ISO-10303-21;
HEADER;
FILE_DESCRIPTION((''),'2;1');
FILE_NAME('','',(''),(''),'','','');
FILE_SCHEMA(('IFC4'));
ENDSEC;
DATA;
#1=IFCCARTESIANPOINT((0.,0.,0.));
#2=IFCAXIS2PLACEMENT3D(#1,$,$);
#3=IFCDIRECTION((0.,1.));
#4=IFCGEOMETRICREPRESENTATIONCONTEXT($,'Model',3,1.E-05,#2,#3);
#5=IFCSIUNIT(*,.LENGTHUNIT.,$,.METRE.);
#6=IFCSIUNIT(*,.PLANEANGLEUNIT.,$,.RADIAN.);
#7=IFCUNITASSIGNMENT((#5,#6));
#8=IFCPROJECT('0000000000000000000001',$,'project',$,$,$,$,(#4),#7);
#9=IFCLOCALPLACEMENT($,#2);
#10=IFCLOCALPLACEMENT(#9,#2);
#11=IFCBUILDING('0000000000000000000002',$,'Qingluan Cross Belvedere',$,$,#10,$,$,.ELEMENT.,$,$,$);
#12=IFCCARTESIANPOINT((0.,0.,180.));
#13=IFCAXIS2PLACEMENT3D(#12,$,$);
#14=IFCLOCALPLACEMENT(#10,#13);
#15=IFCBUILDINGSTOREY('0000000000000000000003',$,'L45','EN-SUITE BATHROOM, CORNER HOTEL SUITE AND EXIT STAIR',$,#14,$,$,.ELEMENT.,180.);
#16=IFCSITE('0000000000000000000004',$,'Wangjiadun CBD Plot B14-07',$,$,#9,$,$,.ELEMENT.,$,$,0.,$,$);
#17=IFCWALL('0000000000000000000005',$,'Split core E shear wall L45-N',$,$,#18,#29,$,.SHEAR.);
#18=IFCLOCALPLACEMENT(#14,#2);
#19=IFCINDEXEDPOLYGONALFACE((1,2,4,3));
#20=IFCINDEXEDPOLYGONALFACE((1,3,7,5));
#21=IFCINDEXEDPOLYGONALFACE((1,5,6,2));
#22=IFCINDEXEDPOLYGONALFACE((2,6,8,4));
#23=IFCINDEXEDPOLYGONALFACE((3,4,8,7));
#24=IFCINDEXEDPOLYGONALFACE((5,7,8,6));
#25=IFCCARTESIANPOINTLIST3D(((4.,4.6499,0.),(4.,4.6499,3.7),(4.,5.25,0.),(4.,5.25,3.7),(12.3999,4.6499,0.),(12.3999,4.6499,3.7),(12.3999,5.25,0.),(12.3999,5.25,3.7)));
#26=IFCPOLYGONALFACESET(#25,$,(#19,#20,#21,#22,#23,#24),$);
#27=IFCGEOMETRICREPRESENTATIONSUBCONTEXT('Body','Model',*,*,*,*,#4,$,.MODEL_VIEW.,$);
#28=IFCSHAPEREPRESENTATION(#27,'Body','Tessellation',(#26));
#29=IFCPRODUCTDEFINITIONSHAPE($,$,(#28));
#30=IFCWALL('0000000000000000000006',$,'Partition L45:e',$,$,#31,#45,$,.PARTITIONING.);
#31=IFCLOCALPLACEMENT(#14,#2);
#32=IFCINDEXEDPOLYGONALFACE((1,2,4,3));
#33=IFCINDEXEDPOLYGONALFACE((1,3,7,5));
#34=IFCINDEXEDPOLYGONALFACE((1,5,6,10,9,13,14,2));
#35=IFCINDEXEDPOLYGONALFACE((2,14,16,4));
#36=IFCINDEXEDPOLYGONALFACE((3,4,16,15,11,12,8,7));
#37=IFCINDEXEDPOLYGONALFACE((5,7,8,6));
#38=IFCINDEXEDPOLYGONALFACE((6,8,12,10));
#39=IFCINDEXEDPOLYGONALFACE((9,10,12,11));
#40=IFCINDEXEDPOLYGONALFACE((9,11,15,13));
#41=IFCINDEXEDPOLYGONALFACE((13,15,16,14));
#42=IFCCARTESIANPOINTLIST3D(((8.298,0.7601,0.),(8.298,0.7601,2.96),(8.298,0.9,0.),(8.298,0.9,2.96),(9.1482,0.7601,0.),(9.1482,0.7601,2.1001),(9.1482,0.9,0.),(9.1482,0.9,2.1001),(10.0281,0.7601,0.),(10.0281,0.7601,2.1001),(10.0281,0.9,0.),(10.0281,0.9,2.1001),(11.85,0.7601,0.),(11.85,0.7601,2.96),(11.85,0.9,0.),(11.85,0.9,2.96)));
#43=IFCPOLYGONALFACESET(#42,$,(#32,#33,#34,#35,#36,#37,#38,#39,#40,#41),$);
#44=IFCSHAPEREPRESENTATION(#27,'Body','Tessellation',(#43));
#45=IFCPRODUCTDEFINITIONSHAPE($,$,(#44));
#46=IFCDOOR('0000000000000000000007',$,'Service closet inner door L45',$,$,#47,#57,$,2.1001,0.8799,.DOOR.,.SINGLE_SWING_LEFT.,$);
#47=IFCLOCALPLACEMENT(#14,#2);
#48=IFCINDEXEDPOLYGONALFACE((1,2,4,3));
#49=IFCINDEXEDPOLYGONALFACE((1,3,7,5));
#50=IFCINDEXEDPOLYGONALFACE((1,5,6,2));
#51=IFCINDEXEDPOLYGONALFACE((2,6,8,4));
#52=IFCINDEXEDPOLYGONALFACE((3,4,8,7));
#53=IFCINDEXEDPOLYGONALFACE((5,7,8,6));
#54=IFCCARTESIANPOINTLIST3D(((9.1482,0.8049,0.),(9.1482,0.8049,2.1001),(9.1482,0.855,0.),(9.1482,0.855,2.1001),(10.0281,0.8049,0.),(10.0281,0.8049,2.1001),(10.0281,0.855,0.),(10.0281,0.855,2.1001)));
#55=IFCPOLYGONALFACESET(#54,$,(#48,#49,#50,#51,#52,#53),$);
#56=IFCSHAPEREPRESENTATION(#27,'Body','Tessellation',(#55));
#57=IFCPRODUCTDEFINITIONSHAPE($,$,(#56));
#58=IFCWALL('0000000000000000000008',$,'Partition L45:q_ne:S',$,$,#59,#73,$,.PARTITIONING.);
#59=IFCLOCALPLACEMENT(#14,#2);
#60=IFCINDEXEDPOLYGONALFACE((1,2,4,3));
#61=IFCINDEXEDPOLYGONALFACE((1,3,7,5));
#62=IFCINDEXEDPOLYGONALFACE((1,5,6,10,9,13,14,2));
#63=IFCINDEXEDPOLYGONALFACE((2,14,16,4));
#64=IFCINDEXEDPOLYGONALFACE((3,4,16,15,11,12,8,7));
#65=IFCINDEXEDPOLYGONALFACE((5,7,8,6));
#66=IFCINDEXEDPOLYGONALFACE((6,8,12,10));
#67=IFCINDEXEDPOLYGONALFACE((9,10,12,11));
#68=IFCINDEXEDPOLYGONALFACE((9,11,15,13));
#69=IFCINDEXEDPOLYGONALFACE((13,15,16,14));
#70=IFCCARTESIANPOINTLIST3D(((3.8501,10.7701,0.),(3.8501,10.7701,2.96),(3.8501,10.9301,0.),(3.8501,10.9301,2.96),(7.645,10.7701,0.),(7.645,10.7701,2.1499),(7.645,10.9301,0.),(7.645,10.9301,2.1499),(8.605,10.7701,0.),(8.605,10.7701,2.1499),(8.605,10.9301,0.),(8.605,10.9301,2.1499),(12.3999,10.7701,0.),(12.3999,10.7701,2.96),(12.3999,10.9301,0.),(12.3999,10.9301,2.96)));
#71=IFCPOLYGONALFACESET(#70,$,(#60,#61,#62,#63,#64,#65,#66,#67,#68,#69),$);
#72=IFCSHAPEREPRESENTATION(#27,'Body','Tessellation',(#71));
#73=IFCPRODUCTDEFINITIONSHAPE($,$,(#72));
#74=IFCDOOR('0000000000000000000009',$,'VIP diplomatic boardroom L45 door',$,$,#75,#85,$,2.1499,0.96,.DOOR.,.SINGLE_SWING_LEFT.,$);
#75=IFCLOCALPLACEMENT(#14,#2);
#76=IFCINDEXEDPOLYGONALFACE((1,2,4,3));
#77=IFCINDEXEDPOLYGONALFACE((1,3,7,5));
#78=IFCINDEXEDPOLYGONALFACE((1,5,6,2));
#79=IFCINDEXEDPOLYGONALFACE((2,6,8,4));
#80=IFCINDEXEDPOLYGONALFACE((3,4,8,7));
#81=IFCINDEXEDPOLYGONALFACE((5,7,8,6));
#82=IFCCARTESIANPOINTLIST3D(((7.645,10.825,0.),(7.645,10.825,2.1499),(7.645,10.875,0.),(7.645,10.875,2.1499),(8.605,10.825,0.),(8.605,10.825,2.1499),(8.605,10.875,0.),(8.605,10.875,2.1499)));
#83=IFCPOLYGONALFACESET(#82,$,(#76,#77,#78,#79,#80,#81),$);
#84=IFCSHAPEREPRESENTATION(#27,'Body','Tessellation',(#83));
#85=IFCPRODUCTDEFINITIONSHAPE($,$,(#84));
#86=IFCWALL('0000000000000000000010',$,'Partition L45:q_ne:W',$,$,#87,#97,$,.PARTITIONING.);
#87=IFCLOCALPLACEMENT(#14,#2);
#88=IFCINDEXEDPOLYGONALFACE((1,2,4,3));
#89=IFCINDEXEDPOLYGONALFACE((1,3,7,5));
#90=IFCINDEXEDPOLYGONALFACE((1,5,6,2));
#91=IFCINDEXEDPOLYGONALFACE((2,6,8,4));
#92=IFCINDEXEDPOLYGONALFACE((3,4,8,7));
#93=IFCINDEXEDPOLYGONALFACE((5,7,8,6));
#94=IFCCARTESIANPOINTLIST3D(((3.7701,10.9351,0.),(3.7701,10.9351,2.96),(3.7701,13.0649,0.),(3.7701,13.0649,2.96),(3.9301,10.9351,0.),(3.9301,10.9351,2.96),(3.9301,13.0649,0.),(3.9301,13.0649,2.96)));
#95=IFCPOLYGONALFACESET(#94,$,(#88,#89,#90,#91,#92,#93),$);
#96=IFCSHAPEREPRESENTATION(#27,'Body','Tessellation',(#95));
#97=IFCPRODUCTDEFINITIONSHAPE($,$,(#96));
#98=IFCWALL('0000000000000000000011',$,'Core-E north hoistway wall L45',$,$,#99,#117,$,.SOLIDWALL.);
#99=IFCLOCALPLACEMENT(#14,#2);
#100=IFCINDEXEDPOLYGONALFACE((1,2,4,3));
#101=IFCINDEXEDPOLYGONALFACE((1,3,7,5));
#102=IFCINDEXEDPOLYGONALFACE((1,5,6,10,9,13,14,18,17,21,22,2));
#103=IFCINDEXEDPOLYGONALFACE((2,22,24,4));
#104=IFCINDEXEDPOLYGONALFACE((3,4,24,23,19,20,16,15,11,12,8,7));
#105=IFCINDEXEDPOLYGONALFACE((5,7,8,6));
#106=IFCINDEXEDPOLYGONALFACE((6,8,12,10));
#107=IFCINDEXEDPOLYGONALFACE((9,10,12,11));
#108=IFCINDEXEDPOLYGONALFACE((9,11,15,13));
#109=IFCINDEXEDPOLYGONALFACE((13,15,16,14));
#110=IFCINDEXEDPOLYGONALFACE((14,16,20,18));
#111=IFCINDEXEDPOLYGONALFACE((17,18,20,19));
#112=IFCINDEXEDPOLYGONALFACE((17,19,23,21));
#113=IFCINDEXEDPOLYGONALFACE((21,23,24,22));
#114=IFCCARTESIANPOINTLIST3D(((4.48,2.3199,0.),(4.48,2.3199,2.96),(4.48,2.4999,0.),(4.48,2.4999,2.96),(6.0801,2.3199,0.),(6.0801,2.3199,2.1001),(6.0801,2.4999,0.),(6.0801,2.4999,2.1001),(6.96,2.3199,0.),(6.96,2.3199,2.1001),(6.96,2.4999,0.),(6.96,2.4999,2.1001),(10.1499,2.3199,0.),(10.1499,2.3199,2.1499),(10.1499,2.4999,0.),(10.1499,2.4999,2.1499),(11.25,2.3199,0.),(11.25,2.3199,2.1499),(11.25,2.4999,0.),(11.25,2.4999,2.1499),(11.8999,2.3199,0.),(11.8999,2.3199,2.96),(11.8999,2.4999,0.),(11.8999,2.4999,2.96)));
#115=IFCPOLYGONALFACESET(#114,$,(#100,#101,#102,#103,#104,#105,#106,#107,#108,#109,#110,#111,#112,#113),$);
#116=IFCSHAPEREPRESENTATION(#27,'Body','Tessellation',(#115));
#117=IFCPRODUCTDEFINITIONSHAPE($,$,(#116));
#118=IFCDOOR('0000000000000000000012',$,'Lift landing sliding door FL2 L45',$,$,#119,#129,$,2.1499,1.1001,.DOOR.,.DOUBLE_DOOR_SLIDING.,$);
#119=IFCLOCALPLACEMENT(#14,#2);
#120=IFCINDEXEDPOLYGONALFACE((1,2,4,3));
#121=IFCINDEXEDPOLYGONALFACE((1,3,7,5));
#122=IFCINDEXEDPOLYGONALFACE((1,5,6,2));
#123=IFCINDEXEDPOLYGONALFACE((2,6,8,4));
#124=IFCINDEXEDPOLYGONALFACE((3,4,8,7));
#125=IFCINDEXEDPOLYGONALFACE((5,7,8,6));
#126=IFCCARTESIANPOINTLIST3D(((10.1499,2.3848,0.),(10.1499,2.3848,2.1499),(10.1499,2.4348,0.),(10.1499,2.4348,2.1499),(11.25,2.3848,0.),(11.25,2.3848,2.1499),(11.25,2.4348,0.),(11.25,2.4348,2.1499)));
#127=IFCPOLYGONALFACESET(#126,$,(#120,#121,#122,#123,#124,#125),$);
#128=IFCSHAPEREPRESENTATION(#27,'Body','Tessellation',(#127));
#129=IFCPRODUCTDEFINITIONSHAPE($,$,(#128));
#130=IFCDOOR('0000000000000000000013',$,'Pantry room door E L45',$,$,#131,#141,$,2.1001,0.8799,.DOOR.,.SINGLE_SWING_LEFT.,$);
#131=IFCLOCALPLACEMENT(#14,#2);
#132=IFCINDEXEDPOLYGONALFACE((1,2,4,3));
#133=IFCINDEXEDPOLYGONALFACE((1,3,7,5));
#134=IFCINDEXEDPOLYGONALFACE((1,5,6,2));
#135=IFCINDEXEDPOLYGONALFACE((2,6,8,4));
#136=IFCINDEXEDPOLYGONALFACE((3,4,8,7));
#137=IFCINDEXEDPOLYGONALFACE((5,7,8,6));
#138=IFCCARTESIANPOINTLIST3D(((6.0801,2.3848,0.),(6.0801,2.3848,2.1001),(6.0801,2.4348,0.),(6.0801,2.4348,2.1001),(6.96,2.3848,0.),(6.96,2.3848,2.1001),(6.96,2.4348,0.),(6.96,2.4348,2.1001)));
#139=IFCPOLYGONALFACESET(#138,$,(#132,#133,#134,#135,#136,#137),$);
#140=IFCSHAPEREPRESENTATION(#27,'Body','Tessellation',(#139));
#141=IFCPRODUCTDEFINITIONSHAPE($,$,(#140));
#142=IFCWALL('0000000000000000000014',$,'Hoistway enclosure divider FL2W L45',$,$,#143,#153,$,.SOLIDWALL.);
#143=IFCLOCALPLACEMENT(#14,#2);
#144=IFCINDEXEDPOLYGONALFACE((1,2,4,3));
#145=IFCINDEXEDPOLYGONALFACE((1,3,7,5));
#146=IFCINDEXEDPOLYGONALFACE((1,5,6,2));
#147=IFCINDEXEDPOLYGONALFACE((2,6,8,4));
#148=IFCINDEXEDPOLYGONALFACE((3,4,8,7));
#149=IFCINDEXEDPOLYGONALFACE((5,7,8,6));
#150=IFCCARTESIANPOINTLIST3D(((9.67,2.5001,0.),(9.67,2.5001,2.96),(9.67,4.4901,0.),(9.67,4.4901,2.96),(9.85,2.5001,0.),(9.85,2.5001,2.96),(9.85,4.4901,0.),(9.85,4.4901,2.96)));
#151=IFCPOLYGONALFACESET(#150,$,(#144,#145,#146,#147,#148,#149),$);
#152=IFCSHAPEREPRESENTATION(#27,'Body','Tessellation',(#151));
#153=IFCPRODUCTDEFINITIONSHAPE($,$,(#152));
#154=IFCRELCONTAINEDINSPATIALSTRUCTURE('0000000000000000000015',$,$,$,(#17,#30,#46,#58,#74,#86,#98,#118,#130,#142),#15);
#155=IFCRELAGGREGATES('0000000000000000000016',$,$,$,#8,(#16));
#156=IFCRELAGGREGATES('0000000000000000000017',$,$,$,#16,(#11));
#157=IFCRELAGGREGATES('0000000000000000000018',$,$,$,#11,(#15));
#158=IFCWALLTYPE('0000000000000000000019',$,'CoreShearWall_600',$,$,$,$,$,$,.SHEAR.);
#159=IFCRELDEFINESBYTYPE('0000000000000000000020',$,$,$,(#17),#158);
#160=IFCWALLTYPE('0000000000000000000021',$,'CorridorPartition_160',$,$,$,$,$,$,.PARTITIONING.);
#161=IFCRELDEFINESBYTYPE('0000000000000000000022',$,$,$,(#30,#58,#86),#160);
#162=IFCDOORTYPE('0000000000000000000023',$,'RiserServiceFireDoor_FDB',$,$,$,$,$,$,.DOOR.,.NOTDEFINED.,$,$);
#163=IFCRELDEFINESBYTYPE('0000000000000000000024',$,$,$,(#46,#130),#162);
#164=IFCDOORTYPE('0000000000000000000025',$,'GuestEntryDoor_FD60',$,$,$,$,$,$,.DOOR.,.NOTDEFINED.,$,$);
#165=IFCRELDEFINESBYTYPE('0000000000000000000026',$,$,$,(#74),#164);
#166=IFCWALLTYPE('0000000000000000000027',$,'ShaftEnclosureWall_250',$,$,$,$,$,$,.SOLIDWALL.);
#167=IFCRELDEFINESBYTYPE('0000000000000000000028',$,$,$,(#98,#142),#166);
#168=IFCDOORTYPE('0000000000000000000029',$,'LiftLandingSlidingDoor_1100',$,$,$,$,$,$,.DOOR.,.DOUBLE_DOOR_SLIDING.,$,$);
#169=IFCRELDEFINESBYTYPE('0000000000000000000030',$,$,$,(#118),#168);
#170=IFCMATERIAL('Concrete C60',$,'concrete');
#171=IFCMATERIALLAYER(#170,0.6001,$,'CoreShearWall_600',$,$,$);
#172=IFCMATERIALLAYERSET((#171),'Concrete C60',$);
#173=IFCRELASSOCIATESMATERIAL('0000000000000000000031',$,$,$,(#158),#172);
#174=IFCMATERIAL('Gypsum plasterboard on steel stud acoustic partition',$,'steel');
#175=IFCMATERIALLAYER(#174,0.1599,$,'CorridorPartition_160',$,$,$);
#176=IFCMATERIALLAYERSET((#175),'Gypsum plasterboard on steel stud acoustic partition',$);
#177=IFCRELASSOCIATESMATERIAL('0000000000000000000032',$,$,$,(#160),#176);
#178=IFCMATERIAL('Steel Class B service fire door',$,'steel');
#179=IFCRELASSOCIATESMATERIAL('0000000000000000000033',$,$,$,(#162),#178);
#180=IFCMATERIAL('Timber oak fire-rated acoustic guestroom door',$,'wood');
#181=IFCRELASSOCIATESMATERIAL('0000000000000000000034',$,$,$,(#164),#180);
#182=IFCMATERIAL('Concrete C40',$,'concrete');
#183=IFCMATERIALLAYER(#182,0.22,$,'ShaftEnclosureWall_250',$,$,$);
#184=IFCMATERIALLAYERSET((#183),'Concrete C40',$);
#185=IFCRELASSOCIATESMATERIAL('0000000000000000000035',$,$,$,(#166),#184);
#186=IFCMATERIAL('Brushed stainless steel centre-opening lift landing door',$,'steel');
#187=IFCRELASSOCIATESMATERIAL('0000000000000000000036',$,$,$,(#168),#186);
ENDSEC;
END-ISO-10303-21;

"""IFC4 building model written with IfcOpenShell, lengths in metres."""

from ifc_helpers import new_model, si_unit, direction, frame, frame_2d, origin, place, context, subcontext, project, spatial, rectangle, extrude, material, layer, layer_set, type_object, element, fill, save


model = new_model("IFC4")

# Units and contexts
model_context = context("Model", 3, precision=1e-05, world=origin(), true_north=direction((0.0, 1.0)))
body_context = subcontext(model_context, "Body", "Model", "MODEL_VIEW")
ifc_project = project(units=[si_unit("LENGTHUNIT", "METRE"), si_unit("PLANEANGLEUNIT", "RADIAN")], contexts=[model_context])

# Site, building, storey
site_placement = place(None, origin())
site = spatial("IfcSite", under=ifc_project, at=site_placement, Name="Wangjiadun CBD Plot B14-07", CompositionType="ELEMENT", RefElevation=0.0)
building_placement = place(site_placement, origin())
building = spatial("IfcBuilding", under=site, at=building_placement, Name="Qingluan Cross Belvedere", CompositionType="ELEMENT")
storey_placement = place(building_placement, frame((0.0, 0.0, 180.0)))
storey = spatial("IfcBuildingStorey", under=building, at=storey_placement, Name="L45", Description="EN-SUITE BATHROOM, CORNER HOTEL SUITE AND EXIT STAIR", CompositionType="ELEMENT", Elevation=180.0)

# Wall
ifc_material_1 = material(Name="Concrete C60", Category="concrete")
ifc_layer_1 = layer(ifc_material_1, 0.6001, Name="CoreShearWall_600")
ifc_layer_set_1 = layer_set([ifc_layer_1], Name="Concrete C60")
wall_type_1 = type_object("IfcWallType", Name="CoreShearWall_600", PredefinedType="SHEAR", material=ifc_layer_set_1)
wall_1_placement = place(storey_placement, frame((4.0, 4.95, 0.0), z_axis=(0.0, 0.0, 1.0), x_axis=(1.0, 0.0, 0.0)))
element("IfcWall", 1, at=wall_1_placement, inside=storey, type_object=wall_type_1, Name="Split core E shear wall L45-N", PredefinedType="SHEAR", context=body_context, shape_type="SweptSolid", body=[
    extrude(rectangle(XDim=8.3999, YDim=0.6001, at=frame_2d((4.2, 0.0))), origin(), (0.0, 0.0, 1.0), 3.7),
])

# Walls, openings, doors
ifc_material_2 = material(Name="Gypsum plasterboard on steel stud acoustic partition", Category="steel")
ifc_layer_2 = layer(ifc_material_2, 0.1599, Name="CorridorPartition_160")
ifc_layer_set_2 = layer_set([ifc_layer_2], Name="Gypsum plasterboard on steel stud acoustic partition")
wall_type_2 = type_object("IfcWallType", Name="CorridorPartition_160", PredefinedType="PARTITIONING", material=ifc_layer_set_2)
wall_2_placement = place(storey_placement, frame((8.2981, 0.8301, 0.0), z_axis=(0.0, 0.0, 1.0), x_axis=(1.0, 0.0, 0.0)))
wall_2 = element("IfcWall", 2, at=wall_2_placement, inside=storey, type_object=wall_type_2, Name="Partition L45:e", PredefinedType="PARTITIONING", context=body_context, shape_type="SweptSolid", body=[
    extrude(rectangle(XDim=3.552, YDim=0.1399, at=frame_2d((1.7759, 0.0))), origin(), (0.0, 0.0, 1.0), 2.96),
])
opening_1_placement = place(wall_2_placement, frame((0.8501, 0.0, 0.0)))
opening_1 = element("IfcOpeningElement", 3, at=opening_1_placement, cuts=wall_2, PredefinedType="OPENING", context=body_context, shape_type="SweptSolid", body=[
    extrude(rectangle(XDim=0.8799, YDim=2.1001, at=frame_2d((0.4399, 1.05))), frame((0.0, 0.0798, 0.0), z_axis=(0.0, -1.0, 0.0), x_axis=(1.0, 0.0, 0.0)), (0.0, 0.0, 1.0), 0.1599),
])
ifc_material_3 = material(Name="Steel Class B service fire door", Category="steel")
door_type_1 = type_object("IfcDoorType", Name="RiserServiceFireDoor_FDB", OperationType="NOTDEFINED", PredefinedType="DOOR", material=ifc_material_3)
door_1_placement = place(opening_1_placement, origin())
door_1 = element("IfcDoor", 4, at=door_1_placement, inside=storey, type_object=door_type_1, Name="Service closet inner door L45", OperationType="SINGLE_SWING_LEFT", OverallHeight=2.1001, OverallWidth=0.8799, PredefinedType="DOOR", context=body_context, shape_type="SweptSolid", body=[
    extrude(rectangle(XDim=0.8799, YDim=2.1001, at=frame_2d((0.4399, 1.05))), frame((0.0, 0.0249, 0.0), z_axis=(0.0, -1.0, 0.0), x_axis=(1.0, 0.0, 0.0)), (0.0, 0.0, 1.0), 0.05),
])
fill(opening_1, door_1)
wall_3_placement = place(storey_placement, frame((3.8501, 10.8501, 0.0), z_axis=(0.0, 0.0, 1.0), x_axis=(1.0, 0.0, 0.0)))
wall_3 = element("IfcWall", 5, at=wall_3_placement, inside=storey, type_object=wall_type_2, Name="Partition L45:q_ne:S", PredefinedType="PARTITIONING", context=body_context, shape_type="SweptSolid", body=[
    extrude(rectangle(XDim=8.5498, YDim=0.1599, at=frame_2d((4.2749, 0.0))), origin(), (0.0, 0.0, 1.0), 2.96),
])
opening_2_placement = place(wall_3_placement, frame((3.7949, 0.0, 0.0)))
opening_2 = element("IfcOpeningElement", 6, at=opening_2_placement, cuts=wall_3, PredefinedType="OPENING", context=body_context, shape_type="SweptSolid", body=[
    extrude(rectangle(XDim=0.96, YDim=2.1499, at=frame_2d((0.48, 1.075))), frame((0.0, 0.0898, 0.0), z_axis=(0.0, -1.0, 0.0), x_axis=(1.0, 0.0, 0.0)), (0.0, 0.0, 1.0), 0.1799),
])
ifc_material_4 = material(Name="Timber oak fire-rated acoustic guestroom door", Category="wood")
door_type_2 = type_object("IfcDoorType", Name="GuestEntryDoor_FD60", OperationType="NOTDEFINED", PredefinedType="DOOR", material=ifc_material_4)
door_2_placement = place(opening_2_placement, origin())
door_2 = element("IfcDoor", 7, at=door_2_placement, inside=storey, type_object=door_type_2, Name="VIP diplomatic boardroom L45 door", OperationType="SINGLE_SWING_LEFT", OverallHeight=2.1499, OverallWidth=0.96, PredefinedType="DOOR", context=body_context, shape_type="SweptSolid", body=[
    extrude(rectangle(XDim=0.96, YDim=2.1499, at=frame_2d((0.48, 1.075))), frame((0.0, 0.0249, 0.0), z_axis=(0.0, -1.0, 0.0), x_axis=(1.0, 0.0, 0.0)), (0.0, 0.0, 1.0), 0.05),
])
fill(opening_2, door_2)

# Wall
wall_4_placement = place(storey_placement, frame((3.8501, 10.9351, 0.0), z_axis=(0.0, 0.0, 1.0), x_axis=(0.0, 1.0, 0.0)))
element("IfcWall", 8, at=wall_4_placement, inside=storey, type_object=wall_type_2, Name="Partition L45:q_ne:W", PredefinedType="PARTITIONING", context=body_context, shape_type="SweptSolid", body=[
    extrude(rectangle(XDim=2.1299, YDim=0.1599, at=frame_2d((1.0649, 0.0))), origin(), (0.0, 0.0, 1.0), 2.96),
])

# Wall, openings, doors
ifc_material_5 = material(Name="Concrete C40", Category="concrete")
ifc_layer_3 = layer(ifc_material_5, 0.22, Name="ShaftEnclosureWall_250")
ifc_layer_set_3 = layer_set([ifc_layer_3], Name="Concrete C40")
wall_type_3 = type_object("IfcWallType", Name="ShaftEnclosureWall_250", PredefinedType="SOLIDWALL", material=ifc_layer_set_3)
wall_5_placement = place(storey_placement, frame((4.48, 2.4099, 0.0), z_axis=(0.0, 0.0, 1.0), x_axis=(1.0, 0.0, 0.0)))
wall_5 = element("IfcWall", 9, at=wall_5_placement, inside=storey, type_object=wall_type_3, Name="Core-E north hoistway wall L45", PredefinedType="SOLIDWALL", context=body_context, shape_type="SweptSolid", body=[
    extrude(rectangle(XDim=7.4199, YDim=0.1799, at=frame_2d((3.71, 0.0))), origin(), (0.0, 0.0, 1.0), 2.96),
])
opening_3_placement = place(wall_5_placement, frame((5.6699, 0.0, 0.0)))
opening_3 = element("IfcOpeningElement", 10, at=opening_3_placement, cuts=wall_5, PredefinedType="OPENING", context=body_context, shape_type="SweptSolid", body=[
    extrude(rectangle(XDim=1.1001, YDim=2.1499, at=frame_2d((0.55, 1.075))), frame((0.0, 0.0999, 0.0), z_axis=(0.0, -1.0, 0.0), x_axis=(1.0, 0.0, 0.0)), (0.0, 0.0, 1.0), 0.2),
])
opening_4_placement = place(wall_5_placement, frame((1.6001, 0.0, 0.0)))
opening_4 = element("IfcOpeningElement", 11, at=opening_4_placement, cuts=wall_5, PredefinedType="OPENING", context=body_context, shape_type="SweptSolid", body=[
    extrude(rectangle(XDim=0.8799, YDim=2.1001, at=frame_2d((0.4399, 1.05))), frame((0.0, 0.0999, 0.0), z_axis=(0.0, -1.0, 0.0), x_axis=(1.0, 0.0, 0.0)), (0.0, 0.0, 1.0), 0.2),
])
ifc_material_6 = material(Name="Brushed stainless steel centre-opening lift landing door", Category="steel")
door_type_3 = type_object("IfcDoorType", Name="LiftLandingSlidingDoor_1100", OperationType="DOUBLE_DOOR_SLIDING", PredefinedType="DOOR", material=ifc_material_6)
door_3_placement = place(opening_3_placement, origin())
door_3 = element("IfcDoor", 12, at=door_3_placement, inside=storey, type_object=door_type_3, Name="Lift landing sliding door FL2 L45", OperationType="DOUBLE_DOOR_SLIDING", OverallHeight=2.1499, OverallWidth=1.1001, PredefinedType="DOOR", context=body_context, shape_type="SweptSolid", body=[
    extrude(rectangle(XDim=1.1001, YDim=2.1499, at=frame_2d((0.55, 1.075))), frame((0.0, 0.0249, 0.0), z_axis=(0.0, -1.0, 0.0), x_axis=(1.0, 0.0, 0.0)), (0.0, 0.0, 1.0), 0.05),
])
fill(opening_3, door_3)
door_4_placement = place(opening_4_placement, origin())
door_4 = element("IfcDoor", 13, at=door_4_placement, inside=storey, type_object=door_type_1, Name="Pantry room door E L45", OperationType="SINGLE_SWING_LEFT", OverallHeight=2.1001, OverallWidth=0.8799, PredefinedType="DOOR", context=body_context, shape_type="SweptSolid", body=[
    extrude(rectangle(XDim=0.8799, YDim=2.1001, at=frame_2d((0.4399, 1.05))), frame((0.0, 0.0249, 0.0), z_axis=(0.0, -1.0, 0.0), x_axis=(1.0, 0.0, 0.0)), (0.0, 0.0, 1.0), 0.05),
])
fill(opening_4, door_4)

# Wall
wall_6_placement = place(storey_placement, frame((9.76, 2.5, 0.0), z_axis=(0.0, 0.0, 1.0), x_axis=(0.0, 1.0, 0.0)))
element("IfcWall", 14, at=wall_6_placement, inside=storey, type_object=wall_type_3, Name="Hoistway enclosure divider FL2W L45", PredefinedType="SOLIDWALL", context=body_context, shape_type="SweptSolid", body=[
    extrude(rectangle(XDim=1.99, YDim=0.1799, at=frame_2d((0.9951, 0.0))), origin(), (0.0, 0.0, 1.0), 2.96),
])

save(model, "model.ifc")
